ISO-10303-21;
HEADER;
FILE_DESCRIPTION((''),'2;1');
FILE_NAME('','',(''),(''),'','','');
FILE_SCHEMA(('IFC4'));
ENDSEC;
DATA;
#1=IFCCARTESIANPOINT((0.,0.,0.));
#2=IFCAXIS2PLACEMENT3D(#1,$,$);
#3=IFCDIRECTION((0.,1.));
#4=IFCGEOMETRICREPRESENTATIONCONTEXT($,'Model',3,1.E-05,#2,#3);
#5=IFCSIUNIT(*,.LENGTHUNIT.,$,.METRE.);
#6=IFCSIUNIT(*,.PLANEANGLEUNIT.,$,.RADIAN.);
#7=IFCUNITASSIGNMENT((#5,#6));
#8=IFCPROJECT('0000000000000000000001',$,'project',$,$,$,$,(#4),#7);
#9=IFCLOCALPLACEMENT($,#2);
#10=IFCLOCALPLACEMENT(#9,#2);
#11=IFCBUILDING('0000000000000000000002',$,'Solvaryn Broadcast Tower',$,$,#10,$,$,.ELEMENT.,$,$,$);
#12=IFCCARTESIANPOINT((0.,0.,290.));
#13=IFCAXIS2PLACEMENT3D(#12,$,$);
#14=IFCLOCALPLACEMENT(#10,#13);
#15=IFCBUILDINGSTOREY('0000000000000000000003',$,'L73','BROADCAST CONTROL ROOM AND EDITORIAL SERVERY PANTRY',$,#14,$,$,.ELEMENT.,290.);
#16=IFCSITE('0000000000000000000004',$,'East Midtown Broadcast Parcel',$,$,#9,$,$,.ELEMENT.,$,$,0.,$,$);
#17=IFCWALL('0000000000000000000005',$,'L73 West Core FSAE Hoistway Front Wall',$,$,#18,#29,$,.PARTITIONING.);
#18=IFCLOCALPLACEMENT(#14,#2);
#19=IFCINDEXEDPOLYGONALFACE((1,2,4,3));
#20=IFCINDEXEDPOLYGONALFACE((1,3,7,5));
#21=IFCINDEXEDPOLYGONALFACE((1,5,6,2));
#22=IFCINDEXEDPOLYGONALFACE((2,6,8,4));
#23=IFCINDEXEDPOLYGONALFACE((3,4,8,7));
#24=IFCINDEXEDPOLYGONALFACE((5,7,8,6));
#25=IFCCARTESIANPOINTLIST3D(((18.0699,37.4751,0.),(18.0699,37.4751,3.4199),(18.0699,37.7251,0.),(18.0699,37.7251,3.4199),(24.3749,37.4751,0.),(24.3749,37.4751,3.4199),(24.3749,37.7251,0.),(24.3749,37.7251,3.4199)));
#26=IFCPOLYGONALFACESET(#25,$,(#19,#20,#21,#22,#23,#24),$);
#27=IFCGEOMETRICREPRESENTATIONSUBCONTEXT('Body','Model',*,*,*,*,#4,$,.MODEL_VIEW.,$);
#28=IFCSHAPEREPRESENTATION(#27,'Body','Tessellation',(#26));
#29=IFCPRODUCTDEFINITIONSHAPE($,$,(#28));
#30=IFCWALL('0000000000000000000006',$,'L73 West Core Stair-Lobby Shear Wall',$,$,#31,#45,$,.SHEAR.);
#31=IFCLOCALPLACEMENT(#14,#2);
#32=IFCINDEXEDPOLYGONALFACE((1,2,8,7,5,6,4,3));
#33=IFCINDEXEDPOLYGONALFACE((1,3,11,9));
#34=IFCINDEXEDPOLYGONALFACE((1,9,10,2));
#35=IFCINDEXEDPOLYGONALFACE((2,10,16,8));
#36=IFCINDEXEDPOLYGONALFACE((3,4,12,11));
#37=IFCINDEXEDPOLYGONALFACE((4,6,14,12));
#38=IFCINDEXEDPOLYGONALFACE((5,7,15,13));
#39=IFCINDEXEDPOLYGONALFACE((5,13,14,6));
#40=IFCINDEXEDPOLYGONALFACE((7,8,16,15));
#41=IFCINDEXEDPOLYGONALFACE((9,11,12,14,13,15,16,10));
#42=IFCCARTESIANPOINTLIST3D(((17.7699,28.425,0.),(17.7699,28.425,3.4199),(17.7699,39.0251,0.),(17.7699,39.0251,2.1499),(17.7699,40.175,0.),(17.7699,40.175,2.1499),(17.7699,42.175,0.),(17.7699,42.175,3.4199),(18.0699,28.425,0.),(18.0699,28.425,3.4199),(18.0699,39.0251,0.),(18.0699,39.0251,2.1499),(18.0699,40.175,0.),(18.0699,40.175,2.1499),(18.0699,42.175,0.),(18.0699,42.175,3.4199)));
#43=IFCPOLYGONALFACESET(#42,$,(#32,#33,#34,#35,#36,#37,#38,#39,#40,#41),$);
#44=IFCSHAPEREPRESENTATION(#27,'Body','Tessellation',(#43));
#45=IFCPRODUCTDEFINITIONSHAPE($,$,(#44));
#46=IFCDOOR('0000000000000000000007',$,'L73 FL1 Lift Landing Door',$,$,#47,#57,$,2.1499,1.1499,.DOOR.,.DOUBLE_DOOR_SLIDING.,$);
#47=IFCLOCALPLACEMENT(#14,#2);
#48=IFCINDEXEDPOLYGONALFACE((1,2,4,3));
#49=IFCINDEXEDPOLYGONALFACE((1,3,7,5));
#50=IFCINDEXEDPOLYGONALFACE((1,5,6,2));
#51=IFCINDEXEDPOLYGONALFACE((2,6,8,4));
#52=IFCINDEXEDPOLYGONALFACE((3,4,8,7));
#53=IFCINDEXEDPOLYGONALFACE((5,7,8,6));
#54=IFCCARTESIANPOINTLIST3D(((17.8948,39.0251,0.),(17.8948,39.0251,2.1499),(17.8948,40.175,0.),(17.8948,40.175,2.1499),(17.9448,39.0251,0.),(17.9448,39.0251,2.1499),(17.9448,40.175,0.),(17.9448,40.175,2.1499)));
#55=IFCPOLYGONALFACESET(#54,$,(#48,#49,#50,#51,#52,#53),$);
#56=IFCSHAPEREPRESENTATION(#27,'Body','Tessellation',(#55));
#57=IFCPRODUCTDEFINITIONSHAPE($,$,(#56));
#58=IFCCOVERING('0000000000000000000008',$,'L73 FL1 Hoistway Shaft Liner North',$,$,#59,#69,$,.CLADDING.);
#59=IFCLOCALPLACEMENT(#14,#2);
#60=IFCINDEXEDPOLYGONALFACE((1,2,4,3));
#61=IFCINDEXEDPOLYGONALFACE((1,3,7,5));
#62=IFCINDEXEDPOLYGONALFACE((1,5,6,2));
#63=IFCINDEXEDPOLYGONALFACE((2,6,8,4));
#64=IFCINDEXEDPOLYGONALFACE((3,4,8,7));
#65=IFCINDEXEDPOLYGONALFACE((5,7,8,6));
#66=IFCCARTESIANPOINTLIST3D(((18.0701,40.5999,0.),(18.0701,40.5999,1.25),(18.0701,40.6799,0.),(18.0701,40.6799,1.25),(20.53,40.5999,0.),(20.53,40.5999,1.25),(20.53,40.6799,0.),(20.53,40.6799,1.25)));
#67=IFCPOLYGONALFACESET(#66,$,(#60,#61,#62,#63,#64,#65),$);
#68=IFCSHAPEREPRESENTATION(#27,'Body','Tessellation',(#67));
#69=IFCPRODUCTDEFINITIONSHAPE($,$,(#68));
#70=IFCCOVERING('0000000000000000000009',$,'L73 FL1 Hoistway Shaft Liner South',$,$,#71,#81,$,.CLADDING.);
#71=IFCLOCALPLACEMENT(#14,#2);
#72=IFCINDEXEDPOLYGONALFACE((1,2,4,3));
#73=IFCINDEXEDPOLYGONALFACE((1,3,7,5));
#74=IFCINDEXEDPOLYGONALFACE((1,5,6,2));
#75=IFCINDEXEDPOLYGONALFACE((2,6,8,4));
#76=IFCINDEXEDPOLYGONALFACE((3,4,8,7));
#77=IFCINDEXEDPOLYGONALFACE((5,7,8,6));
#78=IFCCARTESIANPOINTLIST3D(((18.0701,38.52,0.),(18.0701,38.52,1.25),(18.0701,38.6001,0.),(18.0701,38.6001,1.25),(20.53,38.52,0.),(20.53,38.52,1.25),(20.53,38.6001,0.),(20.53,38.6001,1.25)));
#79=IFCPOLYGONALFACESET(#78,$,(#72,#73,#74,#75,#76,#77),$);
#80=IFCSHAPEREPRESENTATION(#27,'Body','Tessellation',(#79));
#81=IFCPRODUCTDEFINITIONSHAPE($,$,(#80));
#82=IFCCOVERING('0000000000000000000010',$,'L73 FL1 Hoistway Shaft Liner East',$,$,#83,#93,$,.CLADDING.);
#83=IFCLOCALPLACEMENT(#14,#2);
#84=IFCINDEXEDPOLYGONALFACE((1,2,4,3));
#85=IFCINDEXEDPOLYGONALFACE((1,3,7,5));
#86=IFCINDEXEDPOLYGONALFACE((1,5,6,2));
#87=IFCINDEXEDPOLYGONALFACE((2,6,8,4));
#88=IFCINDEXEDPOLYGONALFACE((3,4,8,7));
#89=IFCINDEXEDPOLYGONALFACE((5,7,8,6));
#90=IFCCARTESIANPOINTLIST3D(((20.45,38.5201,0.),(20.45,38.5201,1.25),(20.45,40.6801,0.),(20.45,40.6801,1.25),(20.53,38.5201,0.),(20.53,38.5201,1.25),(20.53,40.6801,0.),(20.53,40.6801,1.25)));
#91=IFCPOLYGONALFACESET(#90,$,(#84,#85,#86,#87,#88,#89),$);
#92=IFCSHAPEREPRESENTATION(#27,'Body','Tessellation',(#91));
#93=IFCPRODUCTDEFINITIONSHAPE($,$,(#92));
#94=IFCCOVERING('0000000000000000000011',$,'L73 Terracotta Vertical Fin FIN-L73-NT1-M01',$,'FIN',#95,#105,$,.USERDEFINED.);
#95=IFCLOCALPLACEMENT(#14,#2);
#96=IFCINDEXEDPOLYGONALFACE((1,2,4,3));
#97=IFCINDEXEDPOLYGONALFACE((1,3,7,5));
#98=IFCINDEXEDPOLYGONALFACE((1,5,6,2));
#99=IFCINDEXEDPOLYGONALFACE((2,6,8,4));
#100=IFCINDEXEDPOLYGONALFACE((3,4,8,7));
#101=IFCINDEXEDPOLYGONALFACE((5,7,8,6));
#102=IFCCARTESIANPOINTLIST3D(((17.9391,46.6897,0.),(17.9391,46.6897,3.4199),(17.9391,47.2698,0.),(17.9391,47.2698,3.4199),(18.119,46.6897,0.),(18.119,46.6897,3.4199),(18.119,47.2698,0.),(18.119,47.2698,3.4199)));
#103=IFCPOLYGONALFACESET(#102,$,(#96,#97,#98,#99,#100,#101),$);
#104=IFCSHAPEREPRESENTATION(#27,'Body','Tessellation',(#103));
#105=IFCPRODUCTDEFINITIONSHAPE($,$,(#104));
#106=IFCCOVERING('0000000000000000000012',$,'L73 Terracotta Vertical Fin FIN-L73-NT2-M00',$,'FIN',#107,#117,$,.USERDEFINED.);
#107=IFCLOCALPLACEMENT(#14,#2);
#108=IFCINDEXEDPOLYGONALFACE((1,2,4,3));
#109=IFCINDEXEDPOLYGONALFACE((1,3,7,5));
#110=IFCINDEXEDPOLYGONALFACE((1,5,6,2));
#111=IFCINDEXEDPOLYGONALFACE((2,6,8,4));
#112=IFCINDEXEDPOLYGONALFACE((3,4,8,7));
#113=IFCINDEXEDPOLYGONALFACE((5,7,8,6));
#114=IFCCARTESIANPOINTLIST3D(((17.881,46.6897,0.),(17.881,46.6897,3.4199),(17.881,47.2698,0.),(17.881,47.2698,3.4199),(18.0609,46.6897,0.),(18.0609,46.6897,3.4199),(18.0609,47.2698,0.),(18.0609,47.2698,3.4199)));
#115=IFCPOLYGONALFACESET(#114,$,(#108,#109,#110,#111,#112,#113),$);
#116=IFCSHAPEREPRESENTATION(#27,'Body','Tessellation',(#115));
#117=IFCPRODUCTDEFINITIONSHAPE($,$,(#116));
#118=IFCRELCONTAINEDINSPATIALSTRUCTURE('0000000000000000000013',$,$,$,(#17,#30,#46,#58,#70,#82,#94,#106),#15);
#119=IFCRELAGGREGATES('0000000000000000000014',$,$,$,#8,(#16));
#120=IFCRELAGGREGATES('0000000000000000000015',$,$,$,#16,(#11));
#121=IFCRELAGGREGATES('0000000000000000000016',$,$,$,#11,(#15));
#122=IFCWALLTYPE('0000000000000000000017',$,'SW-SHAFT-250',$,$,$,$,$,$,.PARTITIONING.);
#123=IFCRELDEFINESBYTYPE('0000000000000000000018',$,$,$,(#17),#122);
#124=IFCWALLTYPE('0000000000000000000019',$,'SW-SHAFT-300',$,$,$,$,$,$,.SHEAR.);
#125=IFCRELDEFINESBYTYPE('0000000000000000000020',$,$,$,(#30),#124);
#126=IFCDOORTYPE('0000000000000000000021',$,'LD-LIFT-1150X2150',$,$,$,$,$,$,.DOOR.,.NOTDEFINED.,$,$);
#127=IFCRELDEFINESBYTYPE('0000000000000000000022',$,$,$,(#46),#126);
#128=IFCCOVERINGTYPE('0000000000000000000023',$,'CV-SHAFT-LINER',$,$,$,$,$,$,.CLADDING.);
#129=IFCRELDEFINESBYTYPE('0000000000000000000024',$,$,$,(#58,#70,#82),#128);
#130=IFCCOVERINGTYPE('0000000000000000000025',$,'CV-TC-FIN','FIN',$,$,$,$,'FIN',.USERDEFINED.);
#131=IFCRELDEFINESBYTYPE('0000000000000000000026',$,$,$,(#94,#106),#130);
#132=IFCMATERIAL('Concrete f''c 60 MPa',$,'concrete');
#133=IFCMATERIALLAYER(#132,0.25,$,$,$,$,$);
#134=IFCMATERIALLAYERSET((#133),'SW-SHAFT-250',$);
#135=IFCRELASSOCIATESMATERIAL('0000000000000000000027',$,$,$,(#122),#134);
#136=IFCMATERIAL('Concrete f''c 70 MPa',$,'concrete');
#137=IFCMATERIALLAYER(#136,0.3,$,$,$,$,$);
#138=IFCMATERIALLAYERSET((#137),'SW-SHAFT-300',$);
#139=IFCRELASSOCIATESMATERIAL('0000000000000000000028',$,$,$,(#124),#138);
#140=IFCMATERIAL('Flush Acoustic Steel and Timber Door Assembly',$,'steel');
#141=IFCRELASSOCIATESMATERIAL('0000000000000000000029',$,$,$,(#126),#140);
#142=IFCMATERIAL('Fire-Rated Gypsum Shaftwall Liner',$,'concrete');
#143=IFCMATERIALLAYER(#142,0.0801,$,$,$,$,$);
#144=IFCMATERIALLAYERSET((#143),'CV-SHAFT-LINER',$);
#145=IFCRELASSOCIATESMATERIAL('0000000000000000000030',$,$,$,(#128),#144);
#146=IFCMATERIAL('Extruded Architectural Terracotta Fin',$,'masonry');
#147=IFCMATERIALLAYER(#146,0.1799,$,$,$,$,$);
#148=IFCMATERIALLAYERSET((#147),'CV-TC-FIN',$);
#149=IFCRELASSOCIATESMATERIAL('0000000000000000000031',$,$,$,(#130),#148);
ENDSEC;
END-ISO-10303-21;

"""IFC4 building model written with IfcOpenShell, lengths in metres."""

from ifc_helpers import new_model, si_unit, direction, frame, frame_2d, origin, origin_2d, place, context, subcontext, project, spatial, rectangle, extrude, material, layer, layer_set, type_object, element, fill, save


model = new_model("IFC4")

# Units and contexts
model_context = context("Model", 3, precision=1e-05, world=origin(), true_north=direction((0.0, 1.0)))
body_context = subcontext(model_context, "Body", "Model", "MODEL_VIEW")
ifc_project = project(units=[si_unit("LENGTHUNIT", "METRE"), si_unit("PLANEANGLEUNIT", "RADIAN")], contexts=[model_context])

# Site, building, storey
site_placement = place(None, origin())
site = spatial("IfcSite", under=ifc_project, at=site_placement, Name="East Midtown Broadcast Parcel", CompositionType="ELEMENT", RefElevation=0.0)
building_placement = place(site_placement, origin())
building = spatial("IfcBuilding", under=site, at=building_placement, Name="Solvaryn Broadcast Tower", CompositionType="ELEMENT")
storey_placement = place(building_placement, frame((0.0, 0.0, 290.0)))
storey = spatial("IfcBuildingStorey", under=building, at=storey_placement, Name="L73", Description="BROADCAST CONTROL ROOM AND EDITORIAL SERVERY PANTRY", CompositionType="ELEMENT", Elevation=290.0)

# Wall
ifc_material_1 = material(Name="Concrete f'c 60 MPa", Category="concrete")
ifc_layer_1 = layer(ifc_material_1, 0.25)
ifc_layer_set_1 = layer_set([ifc_layer_1], Name="SW-SHAFT-250")
wall_type_1 = type_object("IfcWallType", Name="SW-SHAFT-250", PredefinedType="PARTITIONING", material=ifc_layer_set_1)
wall_1_placement = place(storey_placement, frame((18.0701, 37.6001, 0.0), z_axis=(0.0, 0.0, 1.0), x_axis=(1.0, 0.0, 0.0)))
element("IfcWall", 1, at=wall_1_placement, inside=storey, type_object=wall_type_1, Name="L73 West Core FSAE Hoistway Front Wall", PredefinedType="PARTITIONING", context=body_context, shape_type="SweptSolid", body=[
    extrude(rectangle(XDim=6.3049, YDim=0.25, at=frame_2d((3.1523, 0.0))), origin(), (0.0, 0.0, 1.0), 3.4199),
])

# Wall, opening, door
ifc_material_2 = material(Name="Concrete f'c 70 MPa", Category="concrete")
ifc_layer_2 = layer(ifc_material_2, 0.3)
ifc_layer_set_2 = layer_set([ifc_layer_2], Name="SW-SHAFT-300")
wall_type_2 = type_object("IfcWallType", Name="SW-SHAFT-300", PredefinedType="SHEAR", material=ifc_layer_set_2)
wall_2_placement = place(storey_placement, frame((17.9199, 42.175, 0.0), z_axis=(0.0, 0.0, 1.0), x_axis=(0.0, -1.0, 0.0)))
wall_2 = element("IfcWall", 2, at=wall_2_placement, inside=storey, type_object=wall_type_2, Name="L73 West Core Stair-Lobby Shear Wall", PredefinedType="SHEAR", context=body_context, shape_type="SweptSolid", body=[
    extrude(rectangle(XDim=13.75, YDim=0.3, at=frame_2d((6.875, 0.0))), origin(), (0.0, 0.0, 1.0), 3.4199),
])
opening_placement = place(wall_2_placement, frame((2.0, 0.0, 0.0)))
opening = element("IfcOpeningElement", 3, at=opening_placement, cuts=wall_2, PredefinedType="OPENING", context=body_context, shape_type="SweptSolid", body=[
    extrude(rectangle(XDim=1.1499, YDim=2.1499, at=frame_2d((0.575, 1.075))), frame((0.0, 0.1599, 0.0), z_axis=(0.0, -1.0, 0.0), x_axis=(1.0, 0.0, 0.0)), (0.0, 0.0, 1.0), 0.3201),
])
ifc_material_3 = material(Name="Flush Acoustic Steel and Timber Door Assembly", Category="steel")
door_type = type_object("IfcDoorType", Name="LD-LIFT-1150X2150", OperationType="NOTDEFINED", PredefinedType="DOOR", material=ifc_material_3)
door_placement = place(opening_placement, origin())
door = element("IfcDoor", 4, at=door_placement, inside=storey, type_object=door_type, Name="L73 FL1 Lift Landing Door", OperationType="DOUBLE_DOOR_SLIDING", OverallHeight=2.1499, OverallWidth=1.1499, PredefinedType="DOOR", context=body_context, shape_type="SweptSolid", body=[
    extrude(rectangle(XDim=1.1499, YDim=2.1499, at=frame_2d((0.575, 1.075))), frame((0.0, 0.0249, 0.0), z_axis=(0.0, -1.0, 0.0), x_axis=(1.0, 0.0, 0.0)), (0.0, 0.0, 1.0), 0.05),
])
fill(opening, door)

# Coverings
ifc_material_4 = material(Name="Fire-Rated Gypsum Shaftwall Liner", Category="concrete")
ifc_layer_3 = layer(ifc_material_4, 0.0801)
ifc_layer_set_3 = layer_set([ifc_layer_3], Name="CV-SHAFT-LINER")
covering_type_1 = type_object("IfcCoveringType", Name="CV-SHAFT-LINER", PredefinedType="CLADDING", material=ifc_layer_set_3)
for number, where, z_axis, x_axis, name in (
    (5, (19.3, 40.6399, 0.0), (0.0, 0.0, 1.0), (1.0, 0.0, 0.0), "L73 FL1 Hoistway Shaft Liner North"),
    (6, (19.3, 38.5601, 0.0), (0.0, 0.0, 1.0), (1.0, 0.0, 0.0), "L73 FL1 Hoistway Shaft Liner South"),
):
    element("IfcCovering", number, at=place(storey_placement, frame(where, z_axis=z_axis, x_axis=x_axis)), inside=storey, type_object=covering_type_1, Name=name, PredefinedType="CLADDING", context=body_context, shape_type="SweptSolid", body=[
        extrude(rectangle(XDim=2.46, YDim=0.0801, at=origin_2d()), origin(), (0.0, 0.0, 1.0), 1.25),
    ])
covering_placement = place(storey_placement, frame((20.49, 39.6001, 0.0), z_axis=(0.0, 0.0, 1.0), x_axis=(1.0, 0.0, 0.0)))
element("IfcCovering", 7, at=covering_placement, inside=storey, type_object=covering_type_1, Name="L73 FL1 Hoistway Shaft Liner East", PredefinedType="CLADDING", context=body_context, shape_type="SweptSolid", body=[
    extrude(rectangle(XDim=0.0801, YDim=2.1599, at=origin_2d()), origin(), (0.0, 0.0, 1.0), 1.25),
])
ifc_material_5 = material(Name="Extruded Architectural Terracotta Fin", Category="masonry")
ifc_layer_4 = layer(ifc_material_5, 0.1799)
ifc_layer_set_4 = layer_set([ifc_layer_4], Name="CV-TC-FIN")
covering_type_2 = type_object("IfcCoveringType", Name="CV-TC-FIN", Description="FIN", ElementType="FIN", PredefinedType="USERDEFINED", material=ifc_layer_set_4)
for number, where, z_axis, x_axis, name in (
    (8, (18.0291, 46.9797, 0.0), (0.0, 0.0, 1.0), (1.0, 0.0, 0.0), "L73 Terracotta Vertical Fin FIN-L73-NT1-M01"),
    (9, (17.9709, 46.9797, 0.0), (0.0, 0.0, 1.0), (1.0, 0.0, 0.0), "L73 Terracotta Vertical Fin FIN-L73-NT2-M00"),
):
    element("IfcCovering", number, at=place(storey_placement, frame(where, z_axis=z_axis, x_axis=x_axis)), inside=storey, type_object=covering_type_2, Name=name, ObjectType="FIN", PredefinedType="USERDEFINED", context=body_context, shape_type="SweptSolid", body=[
        extrude(rectangle(XDim=0.1799, YDim=0.5801, at=origin_2d()), origin(), (0.0, 0.0, 1.0), 3.4199),
    ])

save(model, "model.ifc")
